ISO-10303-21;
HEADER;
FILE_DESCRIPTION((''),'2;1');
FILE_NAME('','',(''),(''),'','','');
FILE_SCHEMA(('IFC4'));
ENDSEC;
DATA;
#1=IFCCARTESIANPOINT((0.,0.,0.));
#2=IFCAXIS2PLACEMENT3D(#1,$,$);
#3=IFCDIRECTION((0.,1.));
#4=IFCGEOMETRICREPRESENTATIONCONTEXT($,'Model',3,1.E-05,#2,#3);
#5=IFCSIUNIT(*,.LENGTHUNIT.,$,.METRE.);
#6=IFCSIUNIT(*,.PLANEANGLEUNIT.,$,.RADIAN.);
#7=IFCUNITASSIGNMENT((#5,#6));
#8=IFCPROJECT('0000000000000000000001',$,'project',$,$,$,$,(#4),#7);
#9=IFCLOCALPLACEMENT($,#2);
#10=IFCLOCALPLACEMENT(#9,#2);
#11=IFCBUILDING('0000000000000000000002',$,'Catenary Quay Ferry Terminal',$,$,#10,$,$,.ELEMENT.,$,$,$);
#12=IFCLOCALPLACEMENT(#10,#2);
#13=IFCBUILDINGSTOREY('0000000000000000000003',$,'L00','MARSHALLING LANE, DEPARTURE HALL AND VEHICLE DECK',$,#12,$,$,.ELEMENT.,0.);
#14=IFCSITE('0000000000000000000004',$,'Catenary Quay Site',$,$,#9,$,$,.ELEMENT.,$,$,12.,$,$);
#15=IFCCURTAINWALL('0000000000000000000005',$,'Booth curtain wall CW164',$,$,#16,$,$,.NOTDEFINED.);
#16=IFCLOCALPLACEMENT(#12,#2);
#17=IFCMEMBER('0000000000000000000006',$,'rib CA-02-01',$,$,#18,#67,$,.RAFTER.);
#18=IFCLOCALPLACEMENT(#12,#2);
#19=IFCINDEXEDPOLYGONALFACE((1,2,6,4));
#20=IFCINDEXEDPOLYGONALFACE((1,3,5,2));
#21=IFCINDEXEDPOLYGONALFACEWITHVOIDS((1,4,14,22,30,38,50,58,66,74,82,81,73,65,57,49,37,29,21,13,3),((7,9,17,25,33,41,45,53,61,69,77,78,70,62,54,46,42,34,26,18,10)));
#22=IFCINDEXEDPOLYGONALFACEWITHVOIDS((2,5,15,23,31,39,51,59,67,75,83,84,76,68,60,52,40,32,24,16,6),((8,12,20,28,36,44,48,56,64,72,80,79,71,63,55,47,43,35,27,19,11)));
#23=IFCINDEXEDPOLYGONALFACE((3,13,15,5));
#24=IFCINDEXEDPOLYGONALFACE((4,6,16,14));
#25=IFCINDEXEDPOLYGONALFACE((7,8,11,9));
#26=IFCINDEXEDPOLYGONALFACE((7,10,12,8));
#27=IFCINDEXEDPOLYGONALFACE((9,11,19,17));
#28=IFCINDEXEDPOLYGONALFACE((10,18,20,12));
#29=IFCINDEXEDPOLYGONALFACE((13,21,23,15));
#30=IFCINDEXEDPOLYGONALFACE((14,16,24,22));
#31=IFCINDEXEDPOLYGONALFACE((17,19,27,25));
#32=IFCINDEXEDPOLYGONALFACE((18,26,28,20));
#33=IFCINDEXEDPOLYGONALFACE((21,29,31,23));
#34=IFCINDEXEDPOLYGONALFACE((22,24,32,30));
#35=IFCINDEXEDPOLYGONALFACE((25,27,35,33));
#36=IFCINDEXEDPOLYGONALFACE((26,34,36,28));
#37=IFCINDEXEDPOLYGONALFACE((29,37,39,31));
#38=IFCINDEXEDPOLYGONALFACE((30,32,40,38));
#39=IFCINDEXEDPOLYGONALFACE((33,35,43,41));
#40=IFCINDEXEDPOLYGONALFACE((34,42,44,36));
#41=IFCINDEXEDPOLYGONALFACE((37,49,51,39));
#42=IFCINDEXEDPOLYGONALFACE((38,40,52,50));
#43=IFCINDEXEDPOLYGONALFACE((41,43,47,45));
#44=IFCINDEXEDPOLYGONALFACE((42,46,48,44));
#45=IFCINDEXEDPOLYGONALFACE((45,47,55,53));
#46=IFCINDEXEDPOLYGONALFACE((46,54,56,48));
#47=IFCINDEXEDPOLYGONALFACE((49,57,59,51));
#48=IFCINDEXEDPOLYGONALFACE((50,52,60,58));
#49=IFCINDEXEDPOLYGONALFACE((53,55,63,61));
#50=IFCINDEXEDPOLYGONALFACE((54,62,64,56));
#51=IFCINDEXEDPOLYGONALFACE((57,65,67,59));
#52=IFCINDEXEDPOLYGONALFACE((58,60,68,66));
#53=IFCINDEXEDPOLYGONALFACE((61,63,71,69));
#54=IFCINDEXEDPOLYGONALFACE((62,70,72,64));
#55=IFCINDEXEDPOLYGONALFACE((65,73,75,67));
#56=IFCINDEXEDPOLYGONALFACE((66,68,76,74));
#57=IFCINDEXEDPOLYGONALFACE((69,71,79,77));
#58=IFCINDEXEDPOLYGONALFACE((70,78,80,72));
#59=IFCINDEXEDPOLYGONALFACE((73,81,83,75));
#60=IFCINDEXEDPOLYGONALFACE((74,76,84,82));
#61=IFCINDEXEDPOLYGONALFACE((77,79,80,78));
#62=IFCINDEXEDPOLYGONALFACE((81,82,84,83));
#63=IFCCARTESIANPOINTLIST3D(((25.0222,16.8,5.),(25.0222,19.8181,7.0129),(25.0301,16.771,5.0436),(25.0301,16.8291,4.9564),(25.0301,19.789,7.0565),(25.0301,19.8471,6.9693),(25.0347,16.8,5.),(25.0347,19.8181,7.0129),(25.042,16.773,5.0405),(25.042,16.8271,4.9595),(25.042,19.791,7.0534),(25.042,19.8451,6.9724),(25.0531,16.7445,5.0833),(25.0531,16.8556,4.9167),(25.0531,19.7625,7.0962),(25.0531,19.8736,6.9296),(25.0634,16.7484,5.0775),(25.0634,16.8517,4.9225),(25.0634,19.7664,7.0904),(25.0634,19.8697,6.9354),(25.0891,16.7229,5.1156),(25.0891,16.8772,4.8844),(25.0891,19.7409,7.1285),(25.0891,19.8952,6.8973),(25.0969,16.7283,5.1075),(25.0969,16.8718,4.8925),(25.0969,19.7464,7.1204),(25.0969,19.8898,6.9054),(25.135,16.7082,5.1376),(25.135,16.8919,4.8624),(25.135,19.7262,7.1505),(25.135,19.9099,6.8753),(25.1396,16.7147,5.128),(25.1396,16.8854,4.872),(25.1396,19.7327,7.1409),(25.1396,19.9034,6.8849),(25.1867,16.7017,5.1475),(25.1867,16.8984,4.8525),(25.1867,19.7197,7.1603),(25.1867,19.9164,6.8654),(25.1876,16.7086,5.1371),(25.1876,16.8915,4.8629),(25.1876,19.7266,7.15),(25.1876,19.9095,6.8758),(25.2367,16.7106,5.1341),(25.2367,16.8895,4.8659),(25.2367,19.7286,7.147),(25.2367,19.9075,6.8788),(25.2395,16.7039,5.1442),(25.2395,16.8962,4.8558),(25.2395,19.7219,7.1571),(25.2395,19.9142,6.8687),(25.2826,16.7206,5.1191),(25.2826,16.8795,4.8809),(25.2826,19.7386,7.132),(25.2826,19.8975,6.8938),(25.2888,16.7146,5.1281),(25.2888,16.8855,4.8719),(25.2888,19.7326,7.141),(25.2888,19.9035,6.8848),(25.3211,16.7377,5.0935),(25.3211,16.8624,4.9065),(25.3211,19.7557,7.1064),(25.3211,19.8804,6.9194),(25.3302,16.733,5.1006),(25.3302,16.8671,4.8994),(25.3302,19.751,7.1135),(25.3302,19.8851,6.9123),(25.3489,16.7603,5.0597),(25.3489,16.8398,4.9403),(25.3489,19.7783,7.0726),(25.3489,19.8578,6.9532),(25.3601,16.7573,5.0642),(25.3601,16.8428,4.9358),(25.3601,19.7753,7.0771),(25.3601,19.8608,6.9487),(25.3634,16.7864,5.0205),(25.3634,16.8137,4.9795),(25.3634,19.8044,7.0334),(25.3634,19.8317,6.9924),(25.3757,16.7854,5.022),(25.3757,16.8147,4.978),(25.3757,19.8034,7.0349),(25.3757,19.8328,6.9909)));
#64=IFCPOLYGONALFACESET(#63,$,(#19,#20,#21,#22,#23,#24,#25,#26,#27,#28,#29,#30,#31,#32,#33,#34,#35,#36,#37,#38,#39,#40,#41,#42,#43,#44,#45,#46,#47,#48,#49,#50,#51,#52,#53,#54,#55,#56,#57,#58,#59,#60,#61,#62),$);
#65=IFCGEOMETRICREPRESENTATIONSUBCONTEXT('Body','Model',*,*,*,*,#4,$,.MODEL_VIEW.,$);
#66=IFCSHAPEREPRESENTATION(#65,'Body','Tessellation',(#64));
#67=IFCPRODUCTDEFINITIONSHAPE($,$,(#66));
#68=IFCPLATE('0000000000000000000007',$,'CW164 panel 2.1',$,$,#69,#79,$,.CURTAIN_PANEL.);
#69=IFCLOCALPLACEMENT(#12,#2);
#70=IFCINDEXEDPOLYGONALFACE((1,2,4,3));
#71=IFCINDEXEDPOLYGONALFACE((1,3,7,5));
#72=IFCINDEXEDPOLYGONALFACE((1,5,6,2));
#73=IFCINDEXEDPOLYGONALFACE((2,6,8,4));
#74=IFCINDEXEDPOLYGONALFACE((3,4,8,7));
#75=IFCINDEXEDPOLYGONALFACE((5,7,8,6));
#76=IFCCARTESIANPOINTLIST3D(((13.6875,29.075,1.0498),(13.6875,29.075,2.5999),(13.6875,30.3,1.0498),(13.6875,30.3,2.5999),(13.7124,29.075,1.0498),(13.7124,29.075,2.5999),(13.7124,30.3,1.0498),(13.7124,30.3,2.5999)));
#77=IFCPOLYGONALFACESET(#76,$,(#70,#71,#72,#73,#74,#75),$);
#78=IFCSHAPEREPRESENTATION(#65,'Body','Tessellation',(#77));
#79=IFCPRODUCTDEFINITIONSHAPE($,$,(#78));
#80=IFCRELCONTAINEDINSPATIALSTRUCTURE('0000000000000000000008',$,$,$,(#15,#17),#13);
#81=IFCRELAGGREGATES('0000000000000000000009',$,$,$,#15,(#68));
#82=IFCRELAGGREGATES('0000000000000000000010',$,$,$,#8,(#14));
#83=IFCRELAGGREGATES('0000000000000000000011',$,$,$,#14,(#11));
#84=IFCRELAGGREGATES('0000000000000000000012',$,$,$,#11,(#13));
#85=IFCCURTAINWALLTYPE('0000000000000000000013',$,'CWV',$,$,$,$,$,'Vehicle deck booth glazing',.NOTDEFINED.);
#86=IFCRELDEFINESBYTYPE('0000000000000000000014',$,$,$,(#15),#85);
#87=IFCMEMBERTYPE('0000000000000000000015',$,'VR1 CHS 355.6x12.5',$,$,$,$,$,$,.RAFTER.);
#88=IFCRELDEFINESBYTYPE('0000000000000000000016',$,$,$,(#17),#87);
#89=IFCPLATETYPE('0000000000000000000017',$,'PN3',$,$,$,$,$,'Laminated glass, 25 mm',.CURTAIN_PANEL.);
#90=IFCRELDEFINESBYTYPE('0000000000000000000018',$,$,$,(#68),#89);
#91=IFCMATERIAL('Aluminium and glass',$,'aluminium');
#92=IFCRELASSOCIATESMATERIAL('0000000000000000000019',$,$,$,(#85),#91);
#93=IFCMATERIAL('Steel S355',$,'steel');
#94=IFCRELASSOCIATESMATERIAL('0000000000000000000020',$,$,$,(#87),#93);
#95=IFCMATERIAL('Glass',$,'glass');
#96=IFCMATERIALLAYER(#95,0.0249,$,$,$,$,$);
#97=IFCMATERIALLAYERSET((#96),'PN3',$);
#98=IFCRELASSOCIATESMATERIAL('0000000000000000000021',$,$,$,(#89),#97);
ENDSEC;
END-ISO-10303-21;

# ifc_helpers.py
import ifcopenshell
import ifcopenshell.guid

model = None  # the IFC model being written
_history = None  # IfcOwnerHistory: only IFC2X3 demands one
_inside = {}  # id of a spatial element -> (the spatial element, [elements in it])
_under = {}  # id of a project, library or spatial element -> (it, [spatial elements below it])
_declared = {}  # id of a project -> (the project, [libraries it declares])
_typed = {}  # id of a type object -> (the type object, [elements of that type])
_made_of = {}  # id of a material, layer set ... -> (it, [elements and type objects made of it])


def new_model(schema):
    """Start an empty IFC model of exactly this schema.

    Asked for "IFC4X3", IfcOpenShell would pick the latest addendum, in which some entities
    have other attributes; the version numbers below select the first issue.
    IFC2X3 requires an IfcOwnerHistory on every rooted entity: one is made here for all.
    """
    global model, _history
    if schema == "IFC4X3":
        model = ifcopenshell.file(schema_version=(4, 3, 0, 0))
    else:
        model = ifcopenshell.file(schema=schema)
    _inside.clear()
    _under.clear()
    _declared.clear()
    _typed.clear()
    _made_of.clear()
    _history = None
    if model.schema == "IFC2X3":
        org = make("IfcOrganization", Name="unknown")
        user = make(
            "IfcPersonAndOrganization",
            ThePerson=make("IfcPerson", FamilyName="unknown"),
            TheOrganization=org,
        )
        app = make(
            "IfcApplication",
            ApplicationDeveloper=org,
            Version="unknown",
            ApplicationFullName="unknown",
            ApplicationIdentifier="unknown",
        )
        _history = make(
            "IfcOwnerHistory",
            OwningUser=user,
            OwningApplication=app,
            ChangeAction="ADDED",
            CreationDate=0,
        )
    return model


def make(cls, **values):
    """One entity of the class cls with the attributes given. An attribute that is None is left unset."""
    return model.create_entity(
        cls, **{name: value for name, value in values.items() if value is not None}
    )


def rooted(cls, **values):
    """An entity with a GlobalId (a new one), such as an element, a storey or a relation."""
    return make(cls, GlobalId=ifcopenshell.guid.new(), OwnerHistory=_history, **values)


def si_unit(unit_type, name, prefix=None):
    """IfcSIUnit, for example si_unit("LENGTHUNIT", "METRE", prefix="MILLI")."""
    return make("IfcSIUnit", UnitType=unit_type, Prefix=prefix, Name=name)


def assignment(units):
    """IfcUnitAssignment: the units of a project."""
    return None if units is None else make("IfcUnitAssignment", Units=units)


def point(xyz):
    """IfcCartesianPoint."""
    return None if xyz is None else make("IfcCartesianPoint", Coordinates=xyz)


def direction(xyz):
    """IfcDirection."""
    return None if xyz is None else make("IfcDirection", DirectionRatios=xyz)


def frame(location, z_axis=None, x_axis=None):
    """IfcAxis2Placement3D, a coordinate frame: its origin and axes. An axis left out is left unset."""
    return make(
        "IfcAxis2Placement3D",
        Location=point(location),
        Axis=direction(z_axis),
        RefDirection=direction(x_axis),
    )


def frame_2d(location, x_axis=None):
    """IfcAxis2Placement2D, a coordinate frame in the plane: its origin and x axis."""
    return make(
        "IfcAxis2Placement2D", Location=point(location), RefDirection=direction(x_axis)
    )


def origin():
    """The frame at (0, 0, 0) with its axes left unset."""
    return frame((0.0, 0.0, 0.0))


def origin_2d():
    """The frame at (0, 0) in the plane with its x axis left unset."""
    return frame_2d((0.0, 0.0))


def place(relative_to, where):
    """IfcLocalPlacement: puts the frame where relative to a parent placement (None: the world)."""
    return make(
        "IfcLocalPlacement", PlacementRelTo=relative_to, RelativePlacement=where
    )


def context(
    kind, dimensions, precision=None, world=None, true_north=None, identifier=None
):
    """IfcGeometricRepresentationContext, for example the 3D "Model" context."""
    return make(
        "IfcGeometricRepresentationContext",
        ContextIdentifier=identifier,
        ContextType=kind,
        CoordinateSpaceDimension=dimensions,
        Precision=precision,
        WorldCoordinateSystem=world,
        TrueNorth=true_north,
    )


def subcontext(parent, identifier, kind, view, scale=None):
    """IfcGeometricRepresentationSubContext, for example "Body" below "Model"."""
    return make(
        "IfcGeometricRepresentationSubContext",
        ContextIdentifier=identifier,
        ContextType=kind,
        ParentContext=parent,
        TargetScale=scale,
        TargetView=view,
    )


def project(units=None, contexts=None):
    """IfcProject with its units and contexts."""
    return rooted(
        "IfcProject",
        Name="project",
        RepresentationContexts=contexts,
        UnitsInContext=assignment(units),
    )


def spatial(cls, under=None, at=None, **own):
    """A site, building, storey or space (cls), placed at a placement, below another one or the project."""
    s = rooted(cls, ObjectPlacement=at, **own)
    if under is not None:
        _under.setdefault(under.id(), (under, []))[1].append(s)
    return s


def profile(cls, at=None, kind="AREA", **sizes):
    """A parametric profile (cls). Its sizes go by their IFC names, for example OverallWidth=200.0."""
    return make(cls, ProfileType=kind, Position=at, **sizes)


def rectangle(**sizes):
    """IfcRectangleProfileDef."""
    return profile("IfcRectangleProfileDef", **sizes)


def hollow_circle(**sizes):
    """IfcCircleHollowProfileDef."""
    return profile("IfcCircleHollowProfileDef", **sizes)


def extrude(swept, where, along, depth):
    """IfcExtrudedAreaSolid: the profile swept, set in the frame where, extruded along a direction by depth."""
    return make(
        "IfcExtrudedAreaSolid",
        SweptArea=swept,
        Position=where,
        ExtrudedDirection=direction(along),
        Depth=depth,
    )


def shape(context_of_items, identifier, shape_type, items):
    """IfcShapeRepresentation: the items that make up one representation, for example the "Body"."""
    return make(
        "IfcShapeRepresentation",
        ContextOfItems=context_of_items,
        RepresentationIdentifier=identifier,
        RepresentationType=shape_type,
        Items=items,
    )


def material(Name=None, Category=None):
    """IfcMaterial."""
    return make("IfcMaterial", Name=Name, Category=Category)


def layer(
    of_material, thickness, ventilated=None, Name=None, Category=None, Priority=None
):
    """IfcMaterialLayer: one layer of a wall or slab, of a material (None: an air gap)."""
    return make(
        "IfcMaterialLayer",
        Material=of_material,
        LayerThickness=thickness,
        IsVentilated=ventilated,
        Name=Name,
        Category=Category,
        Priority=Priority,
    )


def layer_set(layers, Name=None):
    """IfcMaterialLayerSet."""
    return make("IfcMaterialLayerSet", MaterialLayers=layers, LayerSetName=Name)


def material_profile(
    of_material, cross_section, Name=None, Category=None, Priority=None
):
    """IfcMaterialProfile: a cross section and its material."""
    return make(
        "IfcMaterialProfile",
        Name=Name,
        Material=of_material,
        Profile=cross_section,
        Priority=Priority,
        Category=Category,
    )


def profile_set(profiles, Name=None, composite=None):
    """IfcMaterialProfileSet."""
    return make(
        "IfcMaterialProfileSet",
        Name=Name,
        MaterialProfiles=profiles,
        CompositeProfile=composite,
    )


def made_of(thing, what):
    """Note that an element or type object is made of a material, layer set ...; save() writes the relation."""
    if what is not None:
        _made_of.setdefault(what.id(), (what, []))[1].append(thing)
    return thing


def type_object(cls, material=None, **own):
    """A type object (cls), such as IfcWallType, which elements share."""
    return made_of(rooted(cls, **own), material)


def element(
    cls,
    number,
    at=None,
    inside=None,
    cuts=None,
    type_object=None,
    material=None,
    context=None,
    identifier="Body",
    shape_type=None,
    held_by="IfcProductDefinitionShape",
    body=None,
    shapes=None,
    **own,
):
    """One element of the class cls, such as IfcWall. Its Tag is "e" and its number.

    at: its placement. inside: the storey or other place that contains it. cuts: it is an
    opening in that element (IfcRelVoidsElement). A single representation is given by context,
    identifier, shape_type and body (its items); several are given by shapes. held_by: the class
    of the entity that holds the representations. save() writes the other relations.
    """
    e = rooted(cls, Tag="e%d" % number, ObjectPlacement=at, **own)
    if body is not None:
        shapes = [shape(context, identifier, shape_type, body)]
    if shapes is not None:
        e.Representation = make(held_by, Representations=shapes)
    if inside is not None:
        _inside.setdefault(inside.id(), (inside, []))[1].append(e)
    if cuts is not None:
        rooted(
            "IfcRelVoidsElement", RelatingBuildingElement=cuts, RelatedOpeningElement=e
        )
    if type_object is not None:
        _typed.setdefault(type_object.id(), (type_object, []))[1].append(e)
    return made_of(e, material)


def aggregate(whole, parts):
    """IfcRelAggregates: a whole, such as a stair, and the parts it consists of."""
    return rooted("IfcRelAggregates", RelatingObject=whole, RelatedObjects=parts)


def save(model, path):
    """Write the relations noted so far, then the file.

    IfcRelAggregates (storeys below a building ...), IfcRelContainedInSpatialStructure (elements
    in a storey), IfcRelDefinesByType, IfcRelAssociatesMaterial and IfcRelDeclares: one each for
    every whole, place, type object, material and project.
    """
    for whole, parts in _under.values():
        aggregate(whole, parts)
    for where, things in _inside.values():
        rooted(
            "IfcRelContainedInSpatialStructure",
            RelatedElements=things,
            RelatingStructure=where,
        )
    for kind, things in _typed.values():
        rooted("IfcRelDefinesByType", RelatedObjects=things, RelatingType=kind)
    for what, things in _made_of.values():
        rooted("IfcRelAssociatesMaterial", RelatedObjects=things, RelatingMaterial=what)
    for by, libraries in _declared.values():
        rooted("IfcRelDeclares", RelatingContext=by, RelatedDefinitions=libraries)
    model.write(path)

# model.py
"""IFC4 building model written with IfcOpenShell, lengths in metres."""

from ifc_helpers import new_model, si_unit, direction, frame, origin, origin_2d, place, context, subcontext, project, spatial, rectangle, hollow_circle, extrude, material, layer, layer_set, material_profile, profile_set, type_object, element, aggregate, save


model = new_model("IFC4")

# Units and contexts
model_context = context("Model", 3, precision=1e-05, world=origin(), true_north=direction((0.0, 1.0)))
body_context = subcontext(model_context, "Body", "Model", "MODEL_VIEW")
ifc_project = project(units=[si_unit("LENGTHUNIT", "METRE"), si_unit("PLANEANGLEUNIT", "RADIAN")], contexts=[model_context])

# Site, building, storey
site_placement = place(None, origin())
site = spatial("IfcSite", under=ifc_project, at=site_placement, Name="Catenary Quay Site", CompositionType="ELEMENT", RefElevation=12.0)
building_placement = place(site_placement, origin())
building = spatial("IfcBuilding", under=site, at=building_placement, Name="Catenary Quay Ferry Terminal", CompositionType="ELEMENT")
storey_placement = place(building_placement, origin())
storey = spatial("IfcBuildingStorey", under=building, at=storey_placement, Name="L00", Description="MARSHALLING LANE, DEPARTURE HALL AND VEHICLE DECK", CompositionType="ELEMENT", Elevation=0.0)

# Curtain wall
ifc_material_1 = material(Name="Aluminium and glass", Category="aluminium")
curtain_wall_type = type_object("IfcCurtainWallType", Name="CWV", ElementType="Vehicle deck booth glazing", PredefinedType="NOTDEFINED", material=ifc_material_1)
curtain_wall_placement = place(storey_placement, origin())
curtain_wall = element("IfcCurtainWall", 1, at=curtain_wall_placement, inside=storey, type_object=curtain_wall_type, Name="Booth curtain wall CW164", PredefinedType="NOTDEFINED")

# Member
ifc_material_2 = material(Name="Steel S355", Category="steel")
ifc_material_profile_1 = material_profile(ifc_material_2, hollow_circle(Radius=0.1777, WallThickness=0.0125, at=origin_2d()), Name="CHS 355.6x12.5")
ifc_profile_set_1 = profile_set([ifc_material_profile_1], Name="Steel S355")
member_type_1 = type_object("IfcMemberType", Name="VR1 CHS 355.6x12.5", PredefinedType="RAFTER", material=ifc_profile_set_1)
member_1_placement = place(storey_placement, frame((25.2, 16.8, 5.0), z_axis=(0.0, 0.831936, 0.554871), x_axis=(-1.0, 0.0, 0.0)))
element("IfcMember", 2, at=member_1_placement, inside=storey, type_object=member_type_1, Name="rib CA-02-01", PredefinedType="RAFTER", context=body_context, shape_type="SweptSolid", body=[
    extrude(hollow_circle(Radius=0.1777, WallThickness=0.0125, at=origin_2d()), origin(), (0.0, 0.0, 1.0), 3.6277),
])

# Plate
ifc_material_3 = material(Name="Glass", Category="glass")
ifc_layer = layer(ifc_material_3, 0.0249)
ifc_layer_set = layer_set([ifc_layer], Name="PN3")
plate_type = type_object("IfcPlateType", Name="PN3", ElementType="Laminated glass, 25 mm", PredefinedType="CURTAIN_PANEL", material=ifc_layer_set)
plate_placement = place(storey_placement, frame((13.7, 29.6875, 1.0498), z_axis=(0.0, 0.0, 1.0), x_axis=(0.0, 1.0, 0.0)))
plate = element("IfcPlate", 3, at=plate_placement, type_object=plate_type, Name="CW164 panel 2.1", PredefinedType="CURTAIN_PANEL", context=body_context, shape_type="SweptSolid", body=[
    extrude(rectangle(XDim=1.2251, YDim=0.0249, at=origin_2d()), origin(), (0.0, 0.0, 1.0), 1.55),
])
aggregate(curtain_wall, [plate])

save(model, "model.ifc")
